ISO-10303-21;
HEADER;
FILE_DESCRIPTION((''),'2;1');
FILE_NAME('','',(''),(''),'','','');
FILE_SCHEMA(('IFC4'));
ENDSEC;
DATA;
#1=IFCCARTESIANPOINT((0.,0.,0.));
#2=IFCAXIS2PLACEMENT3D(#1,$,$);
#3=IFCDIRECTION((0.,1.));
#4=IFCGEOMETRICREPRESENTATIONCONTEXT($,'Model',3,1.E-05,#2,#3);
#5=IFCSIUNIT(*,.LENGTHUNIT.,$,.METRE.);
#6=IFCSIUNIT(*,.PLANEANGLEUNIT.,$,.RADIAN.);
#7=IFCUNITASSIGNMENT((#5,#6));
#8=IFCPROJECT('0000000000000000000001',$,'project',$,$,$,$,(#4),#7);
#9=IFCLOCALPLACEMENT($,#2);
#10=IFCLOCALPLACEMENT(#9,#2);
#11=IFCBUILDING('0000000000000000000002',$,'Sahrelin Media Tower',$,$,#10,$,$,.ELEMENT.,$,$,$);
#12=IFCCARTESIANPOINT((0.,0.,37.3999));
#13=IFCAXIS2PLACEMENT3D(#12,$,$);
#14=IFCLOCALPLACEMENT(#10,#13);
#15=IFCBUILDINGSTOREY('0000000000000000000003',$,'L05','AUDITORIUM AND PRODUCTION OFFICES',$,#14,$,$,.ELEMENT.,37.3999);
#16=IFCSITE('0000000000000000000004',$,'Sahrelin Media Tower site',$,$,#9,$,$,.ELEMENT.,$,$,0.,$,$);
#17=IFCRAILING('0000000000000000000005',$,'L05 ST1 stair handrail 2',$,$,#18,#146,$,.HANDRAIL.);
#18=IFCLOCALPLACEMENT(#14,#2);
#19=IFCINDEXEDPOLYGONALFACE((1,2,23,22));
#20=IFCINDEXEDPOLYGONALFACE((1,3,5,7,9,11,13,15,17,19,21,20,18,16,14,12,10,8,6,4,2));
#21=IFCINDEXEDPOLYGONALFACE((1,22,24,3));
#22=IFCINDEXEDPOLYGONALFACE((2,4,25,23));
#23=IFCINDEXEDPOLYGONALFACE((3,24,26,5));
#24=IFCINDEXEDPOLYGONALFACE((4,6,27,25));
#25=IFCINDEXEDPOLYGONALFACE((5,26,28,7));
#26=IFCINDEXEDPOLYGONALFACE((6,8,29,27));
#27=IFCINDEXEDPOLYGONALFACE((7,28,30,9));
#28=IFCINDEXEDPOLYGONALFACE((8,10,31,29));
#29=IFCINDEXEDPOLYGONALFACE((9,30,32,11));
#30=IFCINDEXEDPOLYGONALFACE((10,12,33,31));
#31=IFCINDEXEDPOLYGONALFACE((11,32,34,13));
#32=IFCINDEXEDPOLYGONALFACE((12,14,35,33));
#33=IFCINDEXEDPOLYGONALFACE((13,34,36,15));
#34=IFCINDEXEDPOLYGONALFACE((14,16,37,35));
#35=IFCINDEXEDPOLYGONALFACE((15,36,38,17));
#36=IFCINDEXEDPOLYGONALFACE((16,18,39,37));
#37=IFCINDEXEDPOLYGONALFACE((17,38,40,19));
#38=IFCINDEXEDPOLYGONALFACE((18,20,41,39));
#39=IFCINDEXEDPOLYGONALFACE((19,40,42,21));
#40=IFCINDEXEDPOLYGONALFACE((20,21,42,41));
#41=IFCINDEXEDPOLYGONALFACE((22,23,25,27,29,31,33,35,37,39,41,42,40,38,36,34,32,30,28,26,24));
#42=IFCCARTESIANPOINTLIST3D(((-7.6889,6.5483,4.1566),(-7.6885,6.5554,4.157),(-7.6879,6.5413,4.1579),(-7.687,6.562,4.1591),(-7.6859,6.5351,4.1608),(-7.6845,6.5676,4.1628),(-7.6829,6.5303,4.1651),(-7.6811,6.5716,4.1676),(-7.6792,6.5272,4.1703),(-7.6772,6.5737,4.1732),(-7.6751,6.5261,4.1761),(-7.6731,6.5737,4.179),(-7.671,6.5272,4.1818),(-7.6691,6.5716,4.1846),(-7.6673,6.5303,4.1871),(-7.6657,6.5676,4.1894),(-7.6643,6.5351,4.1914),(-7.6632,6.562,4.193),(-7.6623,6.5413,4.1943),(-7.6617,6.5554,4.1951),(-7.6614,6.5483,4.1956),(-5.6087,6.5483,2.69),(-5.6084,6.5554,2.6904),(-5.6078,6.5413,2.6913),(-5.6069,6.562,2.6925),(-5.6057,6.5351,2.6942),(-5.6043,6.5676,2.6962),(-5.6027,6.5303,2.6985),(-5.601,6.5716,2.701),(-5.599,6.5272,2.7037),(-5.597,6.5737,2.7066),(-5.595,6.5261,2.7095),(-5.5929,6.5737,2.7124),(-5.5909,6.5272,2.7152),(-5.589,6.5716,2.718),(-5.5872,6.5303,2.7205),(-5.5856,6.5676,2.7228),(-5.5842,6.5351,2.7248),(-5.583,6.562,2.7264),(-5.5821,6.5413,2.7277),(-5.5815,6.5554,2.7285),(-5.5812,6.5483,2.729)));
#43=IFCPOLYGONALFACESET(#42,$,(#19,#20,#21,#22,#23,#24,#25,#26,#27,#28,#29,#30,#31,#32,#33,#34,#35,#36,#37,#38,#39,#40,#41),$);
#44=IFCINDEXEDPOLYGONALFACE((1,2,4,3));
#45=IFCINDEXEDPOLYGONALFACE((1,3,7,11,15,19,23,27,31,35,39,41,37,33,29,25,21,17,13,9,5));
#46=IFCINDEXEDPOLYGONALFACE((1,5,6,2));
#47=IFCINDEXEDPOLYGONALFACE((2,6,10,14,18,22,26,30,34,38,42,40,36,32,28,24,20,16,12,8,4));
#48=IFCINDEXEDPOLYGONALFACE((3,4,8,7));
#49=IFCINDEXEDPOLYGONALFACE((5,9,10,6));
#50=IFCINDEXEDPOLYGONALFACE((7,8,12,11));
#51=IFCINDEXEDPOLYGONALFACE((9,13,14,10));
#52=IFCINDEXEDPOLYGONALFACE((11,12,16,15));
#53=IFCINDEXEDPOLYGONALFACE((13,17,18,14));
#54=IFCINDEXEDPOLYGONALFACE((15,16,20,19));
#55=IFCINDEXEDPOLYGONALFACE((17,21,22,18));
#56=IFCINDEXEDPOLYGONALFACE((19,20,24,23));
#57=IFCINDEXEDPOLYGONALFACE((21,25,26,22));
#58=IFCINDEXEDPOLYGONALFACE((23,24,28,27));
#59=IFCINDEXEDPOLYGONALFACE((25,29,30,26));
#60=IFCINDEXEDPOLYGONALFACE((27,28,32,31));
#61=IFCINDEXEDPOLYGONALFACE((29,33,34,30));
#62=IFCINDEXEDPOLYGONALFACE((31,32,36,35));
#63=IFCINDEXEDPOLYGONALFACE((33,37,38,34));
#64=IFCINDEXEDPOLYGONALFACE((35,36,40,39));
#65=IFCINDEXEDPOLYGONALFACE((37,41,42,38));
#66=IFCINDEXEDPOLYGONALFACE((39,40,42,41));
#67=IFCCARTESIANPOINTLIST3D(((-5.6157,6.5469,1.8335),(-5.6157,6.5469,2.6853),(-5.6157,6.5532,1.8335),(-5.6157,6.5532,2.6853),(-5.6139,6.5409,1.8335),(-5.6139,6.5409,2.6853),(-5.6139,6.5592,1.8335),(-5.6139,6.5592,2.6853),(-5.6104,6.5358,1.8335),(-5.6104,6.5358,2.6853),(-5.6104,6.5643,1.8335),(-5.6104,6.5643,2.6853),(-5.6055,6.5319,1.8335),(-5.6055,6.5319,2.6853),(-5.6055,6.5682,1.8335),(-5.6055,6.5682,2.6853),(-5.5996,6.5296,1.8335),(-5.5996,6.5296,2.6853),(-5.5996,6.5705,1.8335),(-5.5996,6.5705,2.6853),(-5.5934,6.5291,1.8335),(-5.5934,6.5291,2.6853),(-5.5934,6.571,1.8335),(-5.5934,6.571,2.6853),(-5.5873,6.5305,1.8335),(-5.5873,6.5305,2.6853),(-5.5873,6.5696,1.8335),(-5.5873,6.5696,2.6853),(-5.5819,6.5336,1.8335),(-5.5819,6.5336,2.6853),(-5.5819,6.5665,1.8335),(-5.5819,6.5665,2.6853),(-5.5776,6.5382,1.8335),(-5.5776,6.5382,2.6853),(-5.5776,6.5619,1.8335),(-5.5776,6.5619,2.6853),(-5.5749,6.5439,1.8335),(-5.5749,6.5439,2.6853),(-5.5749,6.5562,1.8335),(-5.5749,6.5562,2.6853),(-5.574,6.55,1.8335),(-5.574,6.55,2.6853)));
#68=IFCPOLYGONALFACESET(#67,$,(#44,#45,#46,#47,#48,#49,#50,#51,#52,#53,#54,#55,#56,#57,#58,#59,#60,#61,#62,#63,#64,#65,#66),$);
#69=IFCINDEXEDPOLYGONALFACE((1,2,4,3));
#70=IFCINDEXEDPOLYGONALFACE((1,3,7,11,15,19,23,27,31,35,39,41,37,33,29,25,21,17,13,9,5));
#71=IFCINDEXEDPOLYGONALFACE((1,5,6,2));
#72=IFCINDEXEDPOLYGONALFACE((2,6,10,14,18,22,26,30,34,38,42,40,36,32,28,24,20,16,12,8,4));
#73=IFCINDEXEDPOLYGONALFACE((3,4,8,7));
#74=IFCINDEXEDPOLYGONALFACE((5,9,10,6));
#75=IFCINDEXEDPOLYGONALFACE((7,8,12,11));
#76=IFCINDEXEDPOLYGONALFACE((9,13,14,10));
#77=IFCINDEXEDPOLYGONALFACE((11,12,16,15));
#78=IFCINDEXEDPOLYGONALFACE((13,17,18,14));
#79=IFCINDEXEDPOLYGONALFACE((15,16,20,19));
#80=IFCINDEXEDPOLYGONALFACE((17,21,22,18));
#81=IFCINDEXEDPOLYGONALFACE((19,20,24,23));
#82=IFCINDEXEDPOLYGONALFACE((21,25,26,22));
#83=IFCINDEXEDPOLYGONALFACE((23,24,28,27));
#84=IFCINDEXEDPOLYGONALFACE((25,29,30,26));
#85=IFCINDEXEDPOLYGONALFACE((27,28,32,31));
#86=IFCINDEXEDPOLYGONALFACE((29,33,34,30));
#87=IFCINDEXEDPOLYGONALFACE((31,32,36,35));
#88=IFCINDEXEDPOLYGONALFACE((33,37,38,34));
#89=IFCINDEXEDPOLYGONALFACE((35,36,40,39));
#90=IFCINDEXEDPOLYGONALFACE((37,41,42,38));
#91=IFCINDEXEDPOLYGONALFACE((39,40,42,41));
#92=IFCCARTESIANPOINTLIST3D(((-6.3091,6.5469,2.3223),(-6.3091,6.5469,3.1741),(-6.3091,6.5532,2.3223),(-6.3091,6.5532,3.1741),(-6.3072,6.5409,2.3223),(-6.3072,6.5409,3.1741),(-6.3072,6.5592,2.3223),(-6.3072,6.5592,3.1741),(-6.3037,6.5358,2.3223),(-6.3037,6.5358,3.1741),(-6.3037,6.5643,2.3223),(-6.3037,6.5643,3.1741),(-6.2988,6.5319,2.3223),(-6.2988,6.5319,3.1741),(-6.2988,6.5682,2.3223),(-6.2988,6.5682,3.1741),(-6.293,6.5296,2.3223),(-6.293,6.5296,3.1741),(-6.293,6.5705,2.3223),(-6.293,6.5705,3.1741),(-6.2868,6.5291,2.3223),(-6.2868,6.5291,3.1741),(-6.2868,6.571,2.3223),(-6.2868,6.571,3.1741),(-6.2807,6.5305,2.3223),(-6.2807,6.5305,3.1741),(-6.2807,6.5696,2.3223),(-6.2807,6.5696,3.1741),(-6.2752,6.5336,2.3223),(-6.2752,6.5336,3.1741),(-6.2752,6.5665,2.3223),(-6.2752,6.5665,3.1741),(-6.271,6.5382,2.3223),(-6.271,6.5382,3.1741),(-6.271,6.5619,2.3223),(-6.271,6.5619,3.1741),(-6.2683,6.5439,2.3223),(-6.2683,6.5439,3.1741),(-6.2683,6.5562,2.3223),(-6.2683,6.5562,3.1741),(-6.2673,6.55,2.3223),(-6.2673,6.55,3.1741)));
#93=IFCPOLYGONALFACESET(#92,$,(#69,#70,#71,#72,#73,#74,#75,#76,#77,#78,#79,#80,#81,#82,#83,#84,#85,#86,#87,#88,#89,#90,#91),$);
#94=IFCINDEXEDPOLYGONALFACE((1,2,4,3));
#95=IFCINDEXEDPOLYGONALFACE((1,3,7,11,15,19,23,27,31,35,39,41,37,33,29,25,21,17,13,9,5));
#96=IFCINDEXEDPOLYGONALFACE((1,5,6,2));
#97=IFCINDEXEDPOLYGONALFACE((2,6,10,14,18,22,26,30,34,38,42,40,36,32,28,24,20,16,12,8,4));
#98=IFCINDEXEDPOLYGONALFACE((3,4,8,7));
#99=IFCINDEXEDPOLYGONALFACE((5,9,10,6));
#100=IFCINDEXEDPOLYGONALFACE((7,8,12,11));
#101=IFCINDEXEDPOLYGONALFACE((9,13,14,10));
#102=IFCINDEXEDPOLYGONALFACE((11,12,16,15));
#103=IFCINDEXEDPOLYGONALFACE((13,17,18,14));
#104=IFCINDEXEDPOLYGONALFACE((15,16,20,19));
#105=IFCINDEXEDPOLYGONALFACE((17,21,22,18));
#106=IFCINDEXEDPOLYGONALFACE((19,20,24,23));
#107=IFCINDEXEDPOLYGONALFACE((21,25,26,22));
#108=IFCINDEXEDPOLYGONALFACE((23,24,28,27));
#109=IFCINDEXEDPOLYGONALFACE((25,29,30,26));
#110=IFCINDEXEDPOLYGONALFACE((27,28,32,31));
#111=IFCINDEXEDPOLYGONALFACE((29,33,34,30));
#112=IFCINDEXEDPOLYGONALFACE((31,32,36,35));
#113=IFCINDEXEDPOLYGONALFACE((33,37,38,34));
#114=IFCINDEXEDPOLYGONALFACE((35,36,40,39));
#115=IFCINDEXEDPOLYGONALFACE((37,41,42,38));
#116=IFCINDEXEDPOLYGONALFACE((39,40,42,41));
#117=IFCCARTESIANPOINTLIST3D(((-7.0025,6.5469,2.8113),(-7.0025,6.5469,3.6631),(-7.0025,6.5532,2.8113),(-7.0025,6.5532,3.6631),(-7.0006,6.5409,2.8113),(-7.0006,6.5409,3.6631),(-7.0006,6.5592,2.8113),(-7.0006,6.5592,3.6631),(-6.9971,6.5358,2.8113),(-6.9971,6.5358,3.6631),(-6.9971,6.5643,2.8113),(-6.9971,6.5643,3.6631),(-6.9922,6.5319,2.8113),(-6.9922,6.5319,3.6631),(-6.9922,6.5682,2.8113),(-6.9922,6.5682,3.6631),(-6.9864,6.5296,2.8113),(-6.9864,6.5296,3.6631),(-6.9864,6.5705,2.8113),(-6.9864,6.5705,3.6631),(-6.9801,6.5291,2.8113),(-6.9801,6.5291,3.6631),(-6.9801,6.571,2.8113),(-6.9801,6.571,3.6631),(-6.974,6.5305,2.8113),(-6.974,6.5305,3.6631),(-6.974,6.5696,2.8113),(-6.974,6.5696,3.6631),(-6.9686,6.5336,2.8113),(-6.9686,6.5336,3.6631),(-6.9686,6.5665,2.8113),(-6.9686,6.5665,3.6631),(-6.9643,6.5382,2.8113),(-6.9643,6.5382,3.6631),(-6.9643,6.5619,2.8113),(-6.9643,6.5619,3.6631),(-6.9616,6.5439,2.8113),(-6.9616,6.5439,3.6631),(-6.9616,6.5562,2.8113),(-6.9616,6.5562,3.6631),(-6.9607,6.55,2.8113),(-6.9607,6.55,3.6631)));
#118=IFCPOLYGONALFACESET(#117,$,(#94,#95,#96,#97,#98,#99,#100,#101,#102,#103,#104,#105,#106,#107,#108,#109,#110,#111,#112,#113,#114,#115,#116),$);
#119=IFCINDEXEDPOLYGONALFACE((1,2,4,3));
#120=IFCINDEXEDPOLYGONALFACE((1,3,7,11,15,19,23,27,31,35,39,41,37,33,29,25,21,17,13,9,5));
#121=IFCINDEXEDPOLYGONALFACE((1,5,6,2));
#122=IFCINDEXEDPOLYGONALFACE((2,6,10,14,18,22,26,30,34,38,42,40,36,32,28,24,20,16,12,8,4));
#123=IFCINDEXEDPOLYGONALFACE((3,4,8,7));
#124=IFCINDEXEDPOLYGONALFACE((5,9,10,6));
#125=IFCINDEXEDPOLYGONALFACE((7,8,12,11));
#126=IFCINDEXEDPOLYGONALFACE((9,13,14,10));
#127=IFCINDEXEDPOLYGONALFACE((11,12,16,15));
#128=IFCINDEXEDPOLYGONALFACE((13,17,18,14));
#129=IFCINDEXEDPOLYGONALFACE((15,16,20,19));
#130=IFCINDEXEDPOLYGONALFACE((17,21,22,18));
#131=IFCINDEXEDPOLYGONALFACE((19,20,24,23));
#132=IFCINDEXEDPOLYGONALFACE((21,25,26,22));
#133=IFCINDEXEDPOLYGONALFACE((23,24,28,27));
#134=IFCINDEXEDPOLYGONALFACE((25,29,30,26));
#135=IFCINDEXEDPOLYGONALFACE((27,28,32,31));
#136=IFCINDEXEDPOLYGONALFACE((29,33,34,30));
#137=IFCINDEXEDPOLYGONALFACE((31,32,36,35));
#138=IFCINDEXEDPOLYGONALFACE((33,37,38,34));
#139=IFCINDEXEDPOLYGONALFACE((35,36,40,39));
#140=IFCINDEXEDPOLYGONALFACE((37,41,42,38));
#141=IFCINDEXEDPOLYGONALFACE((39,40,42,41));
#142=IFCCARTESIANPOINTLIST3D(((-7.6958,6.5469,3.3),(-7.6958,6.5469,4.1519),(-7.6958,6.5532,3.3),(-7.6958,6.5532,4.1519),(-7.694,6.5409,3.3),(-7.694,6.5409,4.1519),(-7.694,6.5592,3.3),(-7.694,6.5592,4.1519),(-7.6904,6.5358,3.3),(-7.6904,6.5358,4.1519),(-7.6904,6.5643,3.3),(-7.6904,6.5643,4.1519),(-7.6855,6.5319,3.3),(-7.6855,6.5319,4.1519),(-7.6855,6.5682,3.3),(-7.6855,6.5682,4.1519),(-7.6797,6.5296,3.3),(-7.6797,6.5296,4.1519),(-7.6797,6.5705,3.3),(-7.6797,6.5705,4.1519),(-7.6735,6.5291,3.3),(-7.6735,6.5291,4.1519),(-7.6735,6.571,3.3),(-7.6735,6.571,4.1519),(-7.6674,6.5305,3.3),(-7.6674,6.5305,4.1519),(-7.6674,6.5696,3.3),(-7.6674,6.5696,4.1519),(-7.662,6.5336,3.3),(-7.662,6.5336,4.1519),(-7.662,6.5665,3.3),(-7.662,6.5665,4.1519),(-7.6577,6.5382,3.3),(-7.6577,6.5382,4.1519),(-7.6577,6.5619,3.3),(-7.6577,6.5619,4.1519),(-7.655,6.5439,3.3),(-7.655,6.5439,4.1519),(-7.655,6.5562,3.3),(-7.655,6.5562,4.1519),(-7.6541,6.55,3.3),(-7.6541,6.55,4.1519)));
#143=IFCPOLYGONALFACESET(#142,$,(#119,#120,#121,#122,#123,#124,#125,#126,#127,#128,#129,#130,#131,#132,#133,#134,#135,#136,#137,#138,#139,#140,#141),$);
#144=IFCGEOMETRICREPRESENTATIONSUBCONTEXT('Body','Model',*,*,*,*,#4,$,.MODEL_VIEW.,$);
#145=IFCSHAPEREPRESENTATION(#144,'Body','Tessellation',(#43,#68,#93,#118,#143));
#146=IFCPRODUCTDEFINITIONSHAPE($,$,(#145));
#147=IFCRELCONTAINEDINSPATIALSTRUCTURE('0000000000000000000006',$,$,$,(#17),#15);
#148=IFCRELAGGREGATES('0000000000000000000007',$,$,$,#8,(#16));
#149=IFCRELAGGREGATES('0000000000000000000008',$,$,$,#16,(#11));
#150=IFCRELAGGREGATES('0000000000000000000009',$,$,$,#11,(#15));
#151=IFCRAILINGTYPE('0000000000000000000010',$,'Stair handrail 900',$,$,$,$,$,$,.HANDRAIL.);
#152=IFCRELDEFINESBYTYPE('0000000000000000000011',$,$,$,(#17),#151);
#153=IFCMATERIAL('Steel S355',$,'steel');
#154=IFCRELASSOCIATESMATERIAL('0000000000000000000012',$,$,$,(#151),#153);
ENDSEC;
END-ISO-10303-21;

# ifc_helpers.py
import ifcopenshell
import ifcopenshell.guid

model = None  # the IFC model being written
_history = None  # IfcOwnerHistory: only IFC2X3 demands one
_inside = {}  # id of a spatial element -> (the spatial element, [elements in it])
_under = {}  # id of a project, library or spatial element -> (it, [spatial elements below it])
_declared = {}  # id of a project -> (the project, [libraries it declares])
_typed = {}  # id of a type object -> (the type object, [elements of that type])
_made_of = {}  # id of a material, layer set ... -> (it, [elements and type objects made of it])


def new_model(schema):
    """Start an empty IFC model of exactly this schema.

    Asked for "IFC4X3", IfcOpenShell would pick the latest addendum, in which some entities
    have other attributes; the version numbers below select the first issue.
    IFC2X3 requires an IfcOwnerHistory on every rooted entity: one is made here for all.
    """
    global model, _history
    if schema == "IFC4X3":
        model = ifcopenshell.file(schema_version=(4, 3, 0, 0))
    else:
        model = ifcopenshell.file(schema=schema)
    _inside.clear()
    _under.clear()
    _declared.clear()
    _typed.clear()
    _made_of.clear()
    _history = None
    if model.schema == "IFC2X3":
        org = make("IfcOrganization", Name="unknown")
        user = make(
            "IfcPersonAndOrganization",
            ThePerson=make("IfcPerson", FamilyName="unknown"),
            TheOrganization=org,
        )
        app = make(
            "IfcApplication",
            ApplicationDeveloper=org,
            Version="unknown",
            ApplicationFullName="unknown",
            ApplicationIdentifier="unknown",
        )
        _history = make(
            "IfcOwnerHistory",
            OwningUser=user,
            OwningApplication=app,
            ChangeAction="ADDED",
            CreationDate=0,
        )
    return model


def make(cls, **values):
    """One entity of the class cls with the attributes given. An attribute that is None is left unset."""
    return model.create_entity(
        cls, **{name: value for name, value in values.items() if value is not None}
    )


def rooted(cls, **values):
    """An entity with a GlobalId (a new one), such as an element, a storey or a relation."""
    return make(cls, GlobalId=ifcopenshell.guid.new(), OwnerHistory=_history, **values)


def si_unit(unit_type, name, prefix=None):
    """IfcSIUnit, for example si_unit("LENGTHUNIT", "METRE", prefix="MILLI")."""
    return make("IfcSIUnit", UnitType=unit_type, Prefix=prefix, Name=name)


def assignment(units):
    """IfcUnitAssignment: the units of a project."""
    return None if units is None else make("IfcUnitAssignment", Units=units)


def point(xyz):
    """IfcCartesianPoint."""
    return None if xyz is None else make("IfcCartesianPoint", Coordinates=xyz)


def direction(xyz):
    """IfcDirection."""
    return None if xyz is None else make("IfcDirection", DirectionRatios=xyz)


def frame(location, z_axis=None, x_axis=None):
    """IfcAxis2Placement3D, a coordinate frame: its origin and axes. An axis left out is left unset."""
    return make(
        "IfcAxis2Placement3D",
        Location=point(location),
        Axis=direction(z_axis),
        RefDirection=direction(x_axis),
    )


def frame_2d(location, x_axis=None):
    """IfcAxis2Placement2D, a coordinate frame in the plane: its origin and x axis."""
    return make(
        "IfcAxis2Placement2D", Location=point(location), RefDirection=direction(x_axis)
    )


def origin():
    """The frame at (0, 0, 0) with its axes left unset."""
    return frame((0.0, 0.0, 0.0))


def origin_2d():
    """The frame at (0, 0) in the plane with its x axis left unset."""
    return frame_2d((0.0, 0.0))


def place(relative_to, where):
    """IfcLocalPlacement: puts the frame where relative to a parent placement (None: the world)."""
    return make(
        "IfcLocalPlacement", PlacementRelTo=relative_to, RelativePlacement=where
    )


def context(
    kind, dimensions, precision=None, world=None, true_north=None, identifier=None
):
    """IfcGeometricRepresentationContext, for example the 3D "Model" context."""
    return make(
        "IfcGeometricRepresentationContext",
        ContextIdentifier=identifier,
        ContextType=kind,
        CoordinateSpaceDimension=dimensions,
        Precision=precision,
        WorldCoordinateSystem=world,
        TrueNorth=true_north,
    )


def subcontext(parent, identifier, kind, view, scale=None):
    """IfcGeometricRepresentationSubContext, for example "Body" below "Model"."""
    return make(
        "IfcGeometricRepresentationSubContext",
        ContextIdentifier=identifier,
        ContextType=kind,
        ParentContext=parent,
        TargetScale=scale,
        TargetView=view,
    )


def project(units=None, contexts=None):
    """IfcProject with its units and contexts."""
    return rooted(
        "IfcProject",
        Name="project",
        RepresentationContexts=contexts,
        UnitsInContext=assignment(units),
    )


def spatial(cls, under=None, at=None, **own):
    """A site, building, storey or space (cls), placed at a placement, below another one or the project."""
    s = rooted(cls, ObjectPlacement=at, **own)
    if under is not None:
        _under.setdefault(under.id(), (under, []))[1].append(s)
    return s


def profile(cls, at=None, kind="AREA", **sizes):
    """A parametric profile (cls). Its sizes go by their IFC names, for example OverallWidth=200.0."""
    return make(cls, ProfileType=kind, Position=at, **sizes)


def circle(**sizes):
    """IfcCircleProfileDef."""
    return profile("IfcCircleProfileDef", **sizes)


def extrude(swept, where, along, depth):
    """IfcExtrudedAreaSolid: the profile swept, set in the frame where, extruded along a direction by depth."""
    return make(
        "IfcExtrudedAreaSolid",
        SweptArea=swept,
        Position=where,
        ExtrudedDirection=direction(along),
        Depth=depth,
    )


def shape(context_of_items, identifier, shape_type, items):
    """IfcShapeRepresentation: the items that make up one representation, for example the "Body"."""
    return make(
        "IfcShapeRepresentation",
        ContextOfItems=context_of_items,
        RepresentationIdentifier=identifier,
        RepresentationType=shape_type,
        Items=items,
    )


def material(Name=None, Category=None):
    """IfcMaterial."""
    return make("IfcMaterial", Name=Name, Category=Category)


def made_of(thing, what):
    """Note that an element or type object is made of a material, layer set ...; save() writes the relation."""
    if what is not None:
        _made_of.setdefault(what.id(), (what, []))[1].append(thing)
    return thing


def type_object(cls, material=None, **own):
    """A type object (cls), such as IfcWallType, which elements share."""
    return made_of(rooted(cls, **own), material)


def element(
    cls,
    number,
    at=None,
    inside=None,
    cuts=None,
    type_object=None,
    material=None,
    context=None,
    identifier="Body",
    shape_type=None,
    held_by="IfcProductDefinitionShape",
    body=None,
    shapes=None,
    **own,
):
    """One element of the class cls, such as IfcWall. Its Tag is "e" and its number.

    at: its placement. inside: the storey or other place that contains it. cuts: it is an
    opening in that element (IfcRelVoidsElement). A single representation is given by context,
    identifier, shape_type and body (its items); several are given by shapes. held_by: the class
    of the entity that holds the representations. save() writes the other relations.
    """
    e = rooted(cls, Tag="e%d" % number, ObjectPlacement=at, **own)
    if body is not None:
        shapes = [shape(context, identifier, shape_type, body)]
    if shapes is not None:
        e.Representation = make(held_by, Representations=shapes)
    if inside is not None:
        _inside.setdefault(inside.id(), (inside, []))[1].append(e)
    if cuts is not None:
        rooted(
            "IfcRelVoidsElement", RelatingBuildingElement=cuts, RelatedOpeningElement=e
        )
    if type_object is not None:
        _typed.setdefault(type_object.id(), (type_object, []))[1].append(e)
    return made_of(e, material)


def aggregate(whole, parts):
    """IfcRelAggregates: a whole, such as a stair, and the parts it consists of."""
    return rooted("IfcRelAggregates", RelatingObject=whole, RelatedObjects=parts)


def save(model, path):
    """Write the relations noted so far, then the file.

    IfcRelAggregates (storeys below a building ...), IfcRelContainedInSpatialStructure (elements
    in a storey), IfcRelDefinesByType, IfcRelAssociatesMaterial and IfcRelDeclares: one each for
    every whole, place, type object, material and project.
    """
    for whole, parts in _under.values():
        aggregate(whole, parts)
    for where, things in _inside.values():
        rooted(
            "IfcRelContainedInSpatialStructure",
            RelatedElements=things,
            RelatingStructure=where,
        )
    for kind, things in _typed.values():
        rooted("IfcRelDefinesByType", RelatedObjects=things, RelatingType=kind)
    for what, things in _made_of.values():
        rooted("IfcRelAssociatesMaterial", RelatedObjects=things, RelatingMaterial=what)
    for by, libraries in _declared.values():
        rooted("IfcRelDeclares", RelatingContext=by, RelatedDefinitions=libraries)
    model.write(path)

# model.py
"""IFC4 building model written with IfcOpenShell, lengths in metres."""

from ifc_helpers import new_model, si_unit, direction, frame, origin, origin_2d, place, context, subcontext, project, spatial, circle, extrude, material, type_object, element, save


model = new_model("IFC4")

# Units and contexts
model_context = context("Model", 3, precision=1e-05, world=origin(), true_north=direction((0.0, 1.0)))
body_context = subcontext(model_context, "Body", "Model", "MODEL_VIEW")
ifc_project = project(units=[si_unit("LENGTHUNIT", "METRE"), si_unit("PLANEANGLEUNIT", "RADIAN")], contexts=[model_context])

# Site, building, storey
site_placement = place(None, origin())
site = spatial("IfcSite", under=ifc_project, at=site_placement, Name="Sahrelin Media Tower site", CompositionType="ELEMENT", RefElevation=0.0)
building_placement = place(site_placement, origin())
building = spatial("IfcBuilding", under=site, at=building_placement, Name="Sahrelin Media Tower", CompositionType="ELEMENT")
storey_placement = place(building_placement, frame((0.0, 0.0, 37.3999)))
storey = spatial("IfcBuildingStorey", under=building, at=storey_placement, Name="L05", Description="AUDITORIUM AND PRODUCTION OFFICES", CompositionType="ELEMENT", Elevation=37.3999)

# Shared definitions
ifc_material_1 = material(Name="Steel S355", Category="steel")

# Railing
railing_type_1 = type_object("IfcRailingType", Name="Stair handrail 900", PredefinedType="HANDRAIL", material=ifc_material_1)
for number, where, name in (
    (1, (-5.595, 6.55, 1.8335), "L05 ST1 stair handrail 2"),
):
    element("IfcRailing", number, at=place(storey_placement, frame(where)), inside=storey, type_object=railing_type_1, Name=name, PredefinedType="HANDRAIL", context=body_context, shape_type="SweptSolid", body=[
        extrude(circle(Radius=0.0239, at=origin_2d()), frame((0.0, 0.0, 0.876), z_axis=(-0.817289, 0.0, 0.576227), x_axis=(0.0, -1.0, 0.0)), (0.0, 0.0, 1.0), 2.5452),
        extrude(circle(Radius=0.021, at=origin_2d()), origin(), (0.0, 0.0, 1.0), 0.8518),
        extrude(circle(Radius=0.021, at=origin_2d()), frame((-0.6934, 0.0, 0.4888)), (0.0, 0.0, 1.0), 0.8518),
        extrude(circle(Radius=0.021, at=origin_2d()), frame((-1.3867, 0.0, 0.9778)), (0.0, 0.0, 1.0), 0.8518),
        extrude(circle(Radius=0.021, at=origin_2d()), frame((-2.0801, 0.0, 1.4666)), (0.0, 0.0, 1.0), 0.8518),
    ])

save(model, "model.ifc")
